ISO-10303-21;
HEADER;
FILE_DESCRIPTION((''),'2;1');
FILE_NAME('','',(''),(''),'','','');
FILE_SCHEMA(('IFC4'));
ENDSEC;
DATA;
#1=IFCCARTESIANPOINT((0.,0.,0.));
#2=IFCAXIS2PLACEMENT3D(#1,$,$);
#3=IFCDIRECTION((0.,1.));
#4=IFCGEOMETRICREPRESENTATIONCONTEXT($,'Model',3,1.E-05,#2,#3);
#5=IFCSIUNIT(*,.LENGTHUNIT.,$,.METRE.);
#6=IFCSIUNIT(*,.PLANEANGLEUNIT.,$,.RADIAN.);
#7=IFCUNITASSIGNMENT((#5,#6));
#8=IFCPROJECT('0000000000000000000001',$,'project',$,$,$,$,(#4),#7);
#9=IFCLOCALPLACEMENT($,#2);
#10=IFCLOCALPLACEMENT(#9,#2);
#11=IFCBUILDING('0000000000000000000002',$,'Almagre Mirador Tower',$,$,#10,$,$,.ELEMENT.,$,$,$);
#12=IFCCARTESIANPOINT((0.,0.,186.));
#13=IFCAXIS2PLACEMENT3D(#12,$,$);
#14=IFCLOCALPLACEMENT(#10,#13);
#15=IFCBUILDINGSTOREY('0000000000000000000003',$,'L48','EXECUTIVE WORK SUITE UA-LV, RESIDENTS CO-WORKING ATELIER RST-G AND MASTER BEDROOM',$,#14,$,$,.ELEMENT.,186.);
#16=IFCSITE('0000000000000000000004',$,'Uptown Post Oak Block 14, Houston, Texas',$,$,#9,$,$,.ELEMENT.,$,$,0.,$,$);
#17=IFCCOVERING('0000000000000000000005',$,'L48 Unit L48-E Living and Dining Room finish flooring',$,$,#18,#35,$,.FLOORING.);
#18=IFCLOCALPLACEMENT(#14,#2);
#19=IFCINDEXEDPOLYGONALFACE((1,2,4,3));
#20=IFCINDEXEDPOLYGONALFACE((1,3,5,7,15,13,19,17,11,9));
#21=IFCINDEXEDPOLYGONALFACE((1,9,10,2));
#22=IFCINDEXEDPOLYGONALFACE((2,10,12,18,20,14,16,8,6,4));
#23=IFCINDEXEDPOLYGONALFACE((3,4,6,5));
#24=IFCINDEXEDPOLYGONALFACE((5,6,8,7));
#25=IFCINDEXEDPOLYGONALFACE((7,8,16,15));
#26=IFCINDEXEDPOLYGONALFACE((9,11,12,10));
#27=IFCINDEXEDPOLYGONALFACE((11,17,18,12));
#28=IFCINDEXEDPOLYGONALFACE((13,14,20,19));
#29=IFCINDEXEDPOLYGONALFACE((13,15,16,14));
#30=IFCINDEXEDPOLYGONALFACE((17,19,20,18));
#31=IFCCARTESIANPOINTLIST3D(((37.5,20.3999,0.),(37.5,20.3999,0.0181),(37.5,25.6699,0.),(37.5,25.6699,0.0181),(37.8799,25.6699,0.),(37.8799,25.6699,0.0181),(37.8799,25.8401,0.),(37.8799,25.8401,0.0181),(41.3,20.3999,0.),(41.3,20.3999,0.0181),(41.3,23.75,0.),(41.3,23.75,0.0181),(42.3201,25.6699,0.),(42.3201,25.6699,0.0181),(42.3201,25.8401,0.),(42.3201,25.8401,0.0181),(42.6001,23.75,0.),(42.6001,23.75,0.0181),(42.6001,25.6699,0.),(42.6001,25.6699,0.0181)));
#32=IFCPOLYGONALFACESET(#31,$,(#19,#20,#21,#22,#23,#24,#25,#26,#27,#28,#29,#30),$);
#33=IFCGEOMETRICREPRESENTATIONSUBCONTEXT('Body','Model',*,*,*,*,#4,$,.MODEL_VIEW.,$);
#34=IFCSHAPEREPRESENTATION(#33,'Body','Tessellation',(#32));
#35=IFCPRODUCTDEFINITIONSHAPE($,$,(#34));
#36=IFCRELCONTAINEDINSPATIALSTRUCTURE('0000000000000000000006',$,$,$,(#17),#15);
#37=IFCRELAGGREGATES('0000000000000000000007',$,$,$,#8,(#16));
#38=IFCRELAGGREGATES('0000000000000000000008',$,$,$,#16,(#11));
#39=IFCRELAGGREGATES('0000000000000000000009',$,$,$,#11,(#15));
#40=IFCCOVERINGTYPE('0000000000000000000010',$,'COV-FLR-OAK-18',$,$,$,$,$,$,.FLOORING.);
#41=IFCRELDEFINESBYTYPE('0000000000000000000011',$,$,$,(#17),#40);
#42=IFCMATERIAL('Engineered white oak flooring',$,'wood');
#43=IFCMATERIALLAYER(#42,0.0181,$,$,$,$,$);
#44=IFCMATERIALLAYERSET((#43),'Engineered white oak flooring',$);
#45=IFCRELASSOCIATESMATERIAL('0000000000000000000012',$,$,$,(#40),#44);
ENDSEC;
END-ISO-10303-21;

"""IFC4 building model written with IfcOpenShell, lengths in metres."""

from ifc_helpers import new_model, si_unit, direction, frame, origin, place, context, subcontext, project, spatial, polyline, outline, extrude, material, layer, layer_set, type_object, element, save


model = new_model("IFC4")

# Units and contexts
model_context = context("Model", 3, precision=1e-05, world=origin(), true_north=direction((0.0, 1.0)))
body_context = subcontext(model_context, "Body", "Model", "MODEL_VIEW")
ifc_project = project(units=[si_unit("LENGTHUNIT", "METRE"), si_unit("PLANEANGLEUNIT", "RADIAN")], contexts=[model_context])

# Site, building, storey
site_placement = place(None, origin())
site = spatial("IfcSite", under=ifc_project, at=site_placement, Name="Uptown Post Oak Block 14, Houston, Texas", CompositionType="ELEMENT", RefElevation=0.0)
building_placement = place(site_placement, origin())
building = spatial("IfcBuilding", under=site, at=building_placement, Name="Almagre Mirador Tower", CompositionType="ELEMENT")
storey_placement = place(building_placement, frame((0.0, 0.0, 186.0)))
storey = spatial("IfcBuildingStorey", under=building, at=storey_placement, Name="L48", Description="EXECUTIVE WORK SUITE UA-LV, RESIDENTS CO-WORKING ATELIER RST-G AND MASTER BEDROOM", CompositionType="ELEMENT", Elevation=186.0)

# Covering
ifc_material_1 = material(Name="Engineered white oak flooring", Category="wood")
ifc_layer_1 = layer(ifc_material_1, 0.0181)
ifc_layer_set_1 = layer_set([ifc_layer_1], Name="Engineered white oak flooring")
covering_type = type_object("IfcCoveringType", Name="COV-FLR-OAK-18", PredefinedType="FLOORING", material=ifc_layer_set_1)
covering_placement = place(storey_placement, origin())
element("IfcCovering", 1, at=covering_placement, inside=storey, type_object=covering_type, Name="L48 Unit L48-E Living and Dining Room finish flooring", PredefinedType="FLOORING", context=body_context, shape_type="SweptSolid", body=[
    extrude(outline(polyline([(41.3, 20.3999), (37.5, 20.3999), (37.5, 25.6699), (37.8799, 25.6699), (37.8799, 25.8401), (42.3201, 25.8401), (42.3201, 25.6699), (42.6001, 25.6699), (42.6001, 23.75), (41.3, 23.75), (41.3, 20.3999)])), origin(), (0.0, 0.0, 1.0), 0.0181),
])

save(model, "model.ifc")
